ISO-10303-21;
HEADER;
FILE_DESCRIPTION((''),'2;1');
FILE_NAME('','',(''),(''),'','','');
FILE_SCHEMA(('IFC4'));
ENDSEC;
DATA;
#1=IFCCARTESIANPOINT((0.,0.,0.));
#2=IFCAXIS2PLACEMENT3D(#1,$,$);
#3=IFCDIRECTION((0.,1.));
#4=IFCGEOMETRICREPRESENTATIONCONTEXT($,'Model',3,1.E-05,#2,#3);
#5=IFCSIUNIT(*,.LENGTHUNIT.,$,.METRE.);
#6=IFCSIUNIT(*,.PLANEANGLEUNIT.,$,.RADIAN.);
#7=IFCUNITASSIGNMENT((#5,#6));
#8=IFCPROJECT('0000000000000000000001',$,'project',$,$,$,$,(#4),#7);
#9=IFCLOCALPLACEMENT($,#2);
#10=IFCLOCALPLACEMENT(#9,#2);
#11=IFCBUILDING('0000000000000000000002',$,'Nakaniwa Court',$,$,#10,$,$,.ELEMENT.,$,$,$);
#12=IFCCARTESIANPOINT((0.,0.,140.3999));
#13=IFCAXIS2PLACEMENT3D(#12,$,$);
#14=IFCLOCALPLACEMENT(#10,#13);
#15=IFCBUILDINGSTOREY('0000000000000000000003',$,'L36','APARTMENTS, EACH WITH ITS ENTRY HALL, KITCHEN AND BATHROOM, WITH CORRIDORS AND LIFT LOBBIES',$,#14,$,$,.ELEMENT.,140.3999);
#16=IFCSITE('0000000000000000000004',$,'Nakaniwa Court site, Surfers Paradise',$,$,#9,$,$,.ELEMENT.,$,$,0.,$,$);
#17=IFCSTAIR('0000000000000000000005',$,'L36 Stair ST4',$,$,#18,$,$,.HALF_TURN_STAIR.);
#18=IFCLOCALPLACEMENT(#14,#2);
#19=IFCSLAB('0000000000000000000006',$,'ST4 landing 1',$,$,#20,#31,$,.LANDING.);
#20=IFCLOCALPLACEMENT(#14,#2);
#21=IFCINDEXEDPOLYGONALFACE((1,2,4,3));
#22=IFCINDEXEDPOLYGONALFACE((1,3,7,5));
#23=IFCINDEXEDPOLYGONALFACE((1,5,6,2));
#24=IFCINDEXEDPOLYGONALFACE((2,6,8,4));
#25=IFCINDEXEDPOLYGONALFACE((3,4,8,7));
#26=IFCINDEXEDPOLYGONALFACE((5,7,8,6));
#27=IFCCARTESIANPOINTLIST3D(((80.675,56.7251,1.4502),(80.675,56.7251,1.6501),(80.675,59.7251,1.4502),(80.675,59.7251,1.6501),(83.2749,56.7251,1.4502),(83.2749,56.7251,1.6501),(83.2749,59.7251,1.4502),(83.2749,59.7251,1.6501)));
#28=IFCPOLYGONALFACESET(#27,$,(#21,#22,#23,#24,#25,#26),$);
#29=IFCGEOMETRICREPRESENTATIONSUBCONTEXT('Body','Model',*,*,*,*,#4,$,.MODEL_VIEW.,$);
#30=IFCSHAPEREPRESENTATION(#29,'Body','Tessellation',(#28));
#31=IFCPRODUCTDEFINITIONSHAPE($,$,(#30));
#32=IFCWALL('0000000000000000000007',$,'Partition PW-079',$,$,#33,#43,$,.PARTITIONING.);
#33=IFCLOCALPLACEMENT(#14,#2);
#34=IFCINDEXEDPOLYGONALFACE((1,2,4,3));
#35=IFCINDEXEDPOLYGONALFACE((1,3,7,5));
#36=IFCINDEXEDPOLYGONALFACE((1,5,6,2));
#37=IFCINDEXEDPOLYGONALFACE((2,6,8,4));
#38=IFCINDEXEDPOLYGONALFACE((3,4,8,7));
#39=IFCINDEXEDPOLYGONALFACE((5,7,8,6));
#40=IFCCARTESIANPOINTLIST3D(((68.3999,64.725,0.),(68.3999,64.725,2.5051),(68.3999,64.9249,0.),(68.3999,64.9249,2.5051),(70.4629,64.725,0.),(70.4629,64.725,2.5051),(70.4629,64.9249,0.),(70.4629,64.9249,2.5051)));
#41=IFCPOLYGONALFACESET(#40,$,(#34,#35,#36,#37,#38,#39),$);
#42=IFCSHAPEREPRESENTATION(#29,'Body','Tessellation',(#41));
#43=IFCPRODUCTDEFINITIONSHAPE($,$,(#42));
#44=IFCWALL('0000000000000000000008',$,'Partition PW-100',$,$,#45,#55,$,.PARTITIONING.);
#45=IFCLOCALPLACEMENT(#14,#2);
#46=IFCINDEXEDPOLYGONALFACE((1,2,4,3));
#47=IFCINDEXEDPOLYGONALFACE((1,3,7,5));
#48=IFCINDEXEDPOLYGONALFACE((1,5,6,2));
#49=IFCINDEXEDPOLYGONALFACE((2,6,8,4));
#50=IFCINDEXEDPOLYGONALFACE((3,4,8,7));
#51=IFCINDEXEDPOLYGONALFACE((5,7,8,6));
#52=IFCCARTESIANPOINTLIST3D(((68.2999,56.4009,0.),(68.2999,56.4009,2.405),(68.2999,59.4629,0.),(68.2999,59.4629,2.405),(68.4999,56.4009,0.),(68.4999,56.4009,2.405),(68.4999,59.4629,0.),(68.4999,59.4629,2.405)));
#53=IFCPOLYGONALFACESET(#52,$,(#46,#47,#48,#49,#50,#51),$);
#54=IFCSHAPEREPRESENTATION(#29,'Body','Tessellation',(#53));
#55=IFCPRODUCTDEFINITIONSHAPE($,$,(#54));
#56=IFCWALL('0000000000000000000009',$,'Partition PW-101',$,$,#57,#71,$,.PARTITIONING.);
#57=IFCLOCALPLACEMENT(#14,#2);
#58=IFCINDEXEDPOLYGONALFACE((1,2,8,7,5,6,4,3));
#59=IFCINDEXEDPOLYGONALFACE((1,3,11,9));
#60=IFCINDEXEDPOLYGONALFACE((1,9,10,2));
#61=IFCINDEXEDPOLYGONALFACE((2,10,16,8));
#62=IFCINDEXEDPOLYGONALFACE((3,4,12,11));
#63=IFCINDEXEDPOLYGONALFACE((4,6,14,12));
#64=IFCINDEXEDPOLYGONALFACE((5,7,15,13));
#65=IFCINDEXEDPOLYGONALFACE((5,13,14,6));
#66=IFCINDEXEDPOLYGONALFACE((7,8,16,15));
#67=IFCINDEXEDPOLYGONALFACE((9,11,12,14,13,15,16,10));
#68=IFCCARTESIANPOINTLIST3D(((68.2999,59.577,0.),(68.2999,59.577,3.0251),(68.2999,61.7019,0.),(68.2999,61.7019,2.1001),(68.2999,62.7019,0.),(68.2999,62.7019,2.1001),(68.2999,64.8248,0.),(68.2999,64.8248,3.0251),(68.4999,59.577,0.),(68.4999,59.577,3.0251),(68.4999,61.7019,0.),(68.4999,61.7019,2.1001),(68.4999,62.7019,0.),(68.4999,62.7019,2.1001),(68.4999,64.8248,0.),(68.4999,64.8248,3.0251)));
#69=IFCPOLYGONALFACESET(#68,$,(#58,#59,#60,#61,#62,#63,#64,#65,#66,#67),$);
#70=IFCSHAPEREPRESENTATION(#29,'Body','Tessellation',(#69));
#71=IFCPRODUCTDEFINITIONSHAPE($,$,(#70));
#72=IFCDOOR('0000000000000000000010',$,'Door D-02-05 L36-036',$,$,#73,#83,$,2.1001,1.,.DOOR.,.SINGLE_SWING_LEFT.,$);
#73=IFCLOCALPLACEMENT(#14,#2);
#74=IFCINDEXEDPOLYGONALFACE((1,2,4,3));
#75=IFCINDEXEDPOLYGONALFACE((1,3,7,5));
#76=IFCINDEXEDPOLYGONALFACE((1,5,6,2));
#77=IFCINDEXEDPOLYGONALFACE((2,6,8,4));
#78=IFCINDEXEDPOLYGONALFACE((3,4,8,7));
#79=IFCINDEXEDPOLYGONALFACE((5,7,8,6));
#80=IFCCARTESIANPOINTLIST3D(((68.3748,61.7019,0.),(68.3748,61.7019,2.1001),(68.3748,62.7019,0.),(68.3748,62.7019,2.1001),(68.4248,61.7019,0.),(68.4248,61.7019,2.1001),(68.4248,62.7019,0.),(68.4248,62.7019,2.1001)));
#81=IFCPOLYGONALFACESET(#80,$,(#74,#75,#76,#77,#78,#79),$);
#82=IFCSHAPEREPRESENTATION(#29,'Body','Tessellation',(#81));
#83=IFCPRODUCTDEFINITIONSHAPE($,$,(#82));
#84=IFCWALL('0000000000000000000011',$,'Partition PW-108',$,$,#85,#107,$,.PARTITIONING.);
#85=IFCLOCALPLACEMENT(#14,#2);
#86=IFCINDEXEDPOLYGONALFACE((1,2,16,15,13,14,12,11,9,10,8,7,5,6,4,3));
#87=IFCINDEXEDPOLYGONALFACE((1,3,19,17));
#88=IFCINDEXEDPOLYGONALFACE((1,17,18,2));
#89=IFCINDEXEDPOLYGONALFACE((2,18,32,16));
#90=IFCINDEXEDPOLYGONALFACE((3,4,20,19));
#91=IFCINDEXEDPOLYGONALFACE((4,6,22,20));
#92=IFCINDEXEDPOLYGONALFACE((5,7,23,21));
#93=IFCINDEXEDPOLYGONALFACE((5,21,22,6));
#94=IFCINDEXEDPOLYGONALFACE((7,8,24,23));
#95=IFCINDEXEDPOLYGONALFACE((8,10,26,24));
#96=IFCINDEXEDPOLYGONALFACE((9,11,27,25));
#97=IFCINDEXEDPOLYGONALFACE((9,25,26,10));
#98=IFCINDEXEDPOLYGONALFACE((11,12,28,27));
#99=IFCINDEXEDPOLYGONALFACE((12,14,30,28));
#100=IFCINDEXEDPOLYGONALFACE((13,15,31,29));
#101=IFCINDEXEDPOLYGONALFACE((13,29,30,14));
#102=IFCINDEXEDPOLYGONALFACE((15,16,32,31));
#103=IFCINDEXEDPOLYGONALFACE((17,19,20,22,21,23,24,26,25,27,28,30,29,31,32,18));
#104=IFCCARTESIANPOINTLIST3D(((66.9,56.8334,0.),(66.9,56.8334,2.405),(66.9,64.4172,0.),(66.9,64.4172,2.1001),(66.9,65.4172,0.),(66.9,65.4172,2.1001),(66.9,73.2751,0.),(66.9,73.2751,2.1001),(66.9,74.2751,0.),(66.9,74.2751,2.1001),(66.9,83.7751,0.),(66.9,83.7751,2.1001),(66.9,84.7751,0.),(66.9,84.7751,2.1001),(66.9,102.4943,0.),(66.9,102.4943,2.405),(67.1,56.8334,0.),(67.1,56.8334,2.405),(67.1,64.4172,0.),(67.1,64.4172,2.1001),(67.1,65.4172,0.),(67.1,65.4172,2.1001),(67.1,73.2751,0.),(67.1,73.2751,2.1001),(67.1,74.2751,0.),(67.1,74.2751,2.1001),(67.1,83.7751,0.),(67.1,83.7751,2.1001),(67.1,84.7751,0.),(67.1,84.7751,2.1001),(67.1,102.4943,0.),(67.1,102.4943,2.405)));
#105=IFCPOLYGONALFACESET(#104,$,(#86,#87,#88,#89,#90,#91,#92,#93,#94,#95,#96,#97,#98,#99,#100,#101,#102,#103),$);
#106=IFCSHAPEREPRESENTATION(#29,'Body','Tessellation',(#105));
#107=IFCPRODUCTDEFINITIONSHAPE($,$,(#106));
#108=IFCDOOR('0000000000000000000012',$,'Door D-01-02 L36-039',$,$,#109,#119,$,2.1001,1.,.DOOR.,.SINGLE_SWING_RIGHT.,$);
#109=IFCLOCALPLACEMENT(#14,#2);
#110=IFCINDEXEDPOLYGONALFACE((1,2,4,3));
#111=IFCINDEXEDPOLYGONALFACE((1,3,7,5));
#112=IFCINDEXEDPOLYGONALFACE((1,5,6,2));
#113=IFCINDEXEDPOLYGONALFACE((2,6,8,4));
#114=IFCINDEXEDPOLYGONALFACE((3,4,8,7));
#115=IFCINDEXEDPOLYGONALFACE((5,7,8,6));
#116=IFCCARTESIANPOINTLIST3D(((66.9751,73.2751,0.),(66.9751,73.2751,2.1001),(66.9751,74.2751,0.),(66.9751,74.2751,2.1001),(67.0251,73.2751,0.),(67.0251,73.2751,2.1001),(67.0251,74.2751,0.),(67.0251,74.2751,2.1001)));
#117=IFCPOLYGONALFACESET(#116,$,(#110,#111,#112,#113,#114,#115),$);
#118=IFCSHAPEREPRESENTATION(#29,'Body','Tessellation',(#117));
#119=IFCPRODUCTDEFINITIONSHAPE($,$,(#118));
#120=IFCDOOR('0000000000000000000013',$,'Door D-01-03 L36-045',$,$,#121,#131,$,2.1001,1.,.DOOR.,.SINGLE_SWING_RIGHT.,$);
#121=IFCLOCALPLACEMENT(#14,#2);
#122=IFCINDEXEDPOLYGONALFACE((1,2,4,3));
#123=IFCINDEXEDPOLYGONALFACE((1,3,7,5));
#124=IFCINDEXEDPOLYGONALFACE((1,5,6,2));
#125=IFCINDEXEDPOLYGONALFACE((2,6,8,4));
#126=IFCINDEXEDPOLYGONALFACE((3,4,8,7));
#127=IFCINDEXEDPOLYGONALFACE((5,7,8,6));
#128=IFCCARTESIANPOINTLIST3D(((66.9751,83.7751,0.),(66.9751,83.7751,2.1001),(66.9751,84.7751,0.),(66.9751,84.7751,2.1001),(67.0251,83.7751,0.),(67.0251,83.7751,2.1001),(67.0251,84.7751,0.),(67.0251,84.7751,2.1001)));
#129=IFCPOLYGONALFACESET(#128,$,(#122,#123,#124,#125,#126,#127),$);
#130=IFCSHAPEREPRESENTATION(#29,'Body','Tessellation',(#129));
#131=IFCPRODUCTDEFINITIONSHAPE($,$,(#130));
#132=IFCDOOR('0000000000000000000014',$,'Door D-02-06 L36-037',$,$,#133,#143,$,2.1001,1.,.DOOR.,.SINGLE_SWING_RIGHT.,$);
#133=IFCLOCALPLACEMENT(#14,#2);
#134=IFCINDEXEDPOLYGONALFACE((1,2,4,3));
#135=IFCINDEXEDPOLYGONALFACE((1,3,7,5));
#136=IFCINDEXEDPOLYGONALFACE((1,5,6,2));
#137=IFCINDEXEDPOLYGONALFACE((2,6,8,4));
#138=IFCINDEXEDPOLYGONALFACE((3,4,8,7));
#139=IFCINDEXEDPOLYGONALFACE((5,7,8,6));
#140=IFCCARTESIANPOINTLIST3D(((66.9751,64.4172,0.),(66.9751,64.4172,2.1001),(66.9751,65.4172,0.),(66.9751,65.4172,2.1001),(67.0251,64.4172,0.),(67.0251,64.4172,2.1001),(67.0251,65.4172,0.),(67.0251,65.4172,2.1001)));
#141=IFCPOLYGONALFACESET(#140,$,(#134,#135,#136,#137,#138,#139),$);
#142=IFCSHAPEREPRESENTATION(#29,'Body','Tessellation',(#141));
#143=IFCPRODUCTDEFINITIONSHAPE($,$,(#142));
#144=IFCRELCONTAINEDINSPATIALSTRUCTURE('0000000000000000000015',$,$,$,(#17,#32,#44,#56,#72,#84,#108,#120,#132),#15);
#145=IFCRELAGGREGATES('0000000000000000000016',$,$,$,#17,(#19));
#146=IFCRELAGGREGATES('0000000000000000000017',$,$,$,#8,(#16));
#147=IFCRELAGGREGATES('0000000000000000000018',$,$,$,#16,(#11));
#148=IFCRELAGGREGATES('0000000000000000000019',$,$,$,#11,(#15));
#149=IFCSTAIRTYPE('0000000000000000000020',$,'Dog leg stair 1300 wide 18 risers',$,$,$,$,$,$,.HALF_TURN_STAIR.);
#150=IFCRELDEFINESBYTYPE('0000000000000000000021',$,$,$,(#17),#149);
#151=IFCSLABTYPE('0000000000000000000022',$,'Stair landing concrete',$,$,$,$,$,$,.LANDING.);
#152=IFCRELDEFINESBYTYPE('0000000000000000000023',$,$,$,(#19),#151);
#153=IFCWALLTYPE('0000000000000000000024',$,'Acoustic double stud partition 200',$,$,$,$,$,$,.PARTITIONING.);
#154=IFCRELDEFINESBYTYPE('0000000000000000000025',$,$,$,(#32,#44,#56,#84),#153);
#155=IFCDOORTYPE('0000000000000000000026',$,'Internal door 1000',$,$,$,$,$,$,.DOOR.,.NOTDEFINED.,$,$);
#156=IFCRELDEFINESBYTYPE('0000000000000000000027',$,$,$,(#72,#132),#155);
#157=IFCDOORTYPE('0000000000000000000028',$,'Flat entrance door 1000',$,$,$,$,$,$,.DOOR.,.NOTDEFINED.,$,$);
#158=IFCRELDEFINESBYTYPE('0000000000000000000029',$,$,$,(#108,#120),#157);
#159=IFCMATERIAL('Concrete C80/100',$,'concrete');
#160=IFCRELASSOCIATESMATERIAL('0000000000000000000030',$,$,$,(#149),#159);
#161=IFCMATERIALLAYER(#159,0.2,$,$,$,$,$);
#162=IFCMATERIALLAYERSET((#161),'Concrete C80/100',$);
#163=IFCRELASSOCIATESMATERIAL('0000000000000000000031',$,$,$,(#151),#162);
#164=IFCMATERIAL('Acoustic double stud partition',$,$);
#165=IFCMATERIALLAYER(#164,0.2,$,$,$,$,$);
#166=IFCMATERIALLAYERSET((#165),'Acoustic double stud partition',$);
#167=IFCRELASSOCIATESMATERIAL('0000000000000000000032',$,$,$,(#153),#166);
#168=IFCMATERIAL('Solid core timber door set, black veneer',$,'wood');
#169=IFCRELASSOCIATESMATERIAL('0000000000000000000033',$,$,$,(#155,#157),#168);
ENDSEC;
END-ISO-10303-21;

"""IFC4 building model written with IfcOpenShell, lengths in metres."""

from ifc_helpers import new_model, si_unit, direction, frame, frame_2d, origin, place, context, subcontext, project, spatial, polyline, rectangle, outline, extrude, material, layer, layer_set, type_object, element, fill, aggregate, save


model = new_model("IFC4")

# Units and contexts
model_context = context("Model", 3, precision=1e-05, world=origin(), true_north=direction((0.0, 1.0)))
body_context = subcontext(model_context, "Body", "Model", "MODEL_VIEW")
ifc_project = project(units=[si_unit("LENGTHUNIT", "METRE"), si_unit("PLANEANGLEUNIT", "RADIAN")], contexts=[model_context])

# Site, building, storey
site_placement = place(None, origin())
site = spatial("IfcSite", under=ifc_project, at=site_placement, Name="Nakaniwa Court site, Surfers Paradise", CompositionType="ELEMENT", RefElevation=0.0)
building_placement = place(site_placement, origin())
building = spatial("IfcBuilding", under=site, at=building_placement, Name="Nakaniwa Court", CompositionType="ELEMENT")
storey_placement = place(building_placement, frame((0.0, 0.0, 140.3999)))
storey = spatial("IfcBuildingStorey", under=building, at=storey_placement, Name="L36", Description="APARTMENTS, EACH WITH ITS ENTRY HALL, KITCHEN AND BATHROOM, WITH CORRIDORS AND LIFT LOBBIES", CompositionType="ELEMENT", Elevation=140.3999)

# Shared definitions
ifc_material_1 = material(Name="Concrete C80/100", Category="concrete")

# Stair, slab
stair_type = type_object("IfcStairType", Name="Dog leg stair 1300 wide 18 risers", PredefinedType="HALF_TURN_STAIR", material=ifc_material_1)
ifc_layer_1 = layer(ifc_material_1, 0.2)
ifc_layer_set_1 = layer_set([ifc_layer_1], Name="Concrete C80/100")
slab_type_1 = type_object("IfcSlabType", Name="Stair landing concrete", PredefinedType="LANDING", material=ifc_layer_set_1)
stair_1_placement = place(storey_placement, origin())
stair_1 = element("IfcStair", 1, at=stair_1_placement, inside=storey, type_object=stair_type, Name="L36 Stair ST4", PredefinedType="HALF_TURN_STAIR")
slab_1_placement = place(storey_placement, frame((0.0, 0.0, 1.4502)))
slab_1 = element("IfcSlab", 2, at=slab_1_placement, type_object=slab_type_1, Name="ST4 landing 1", PredefinedType="LANDING", context=body_context, shape_type="SweptSolid", body=[
    extrude(outline(polyline([(83.2749, 56.7251), (83.2749, 59.7251), (80.675, 59.7251), (80.675, 56.7251), (83.2749, 56.7251)])), origin(), (0.0, 0.0, 1.0), 0.2),
])
aggregate(stair_1, [slab_1])

# Walls
ifc_material_2 = material(Name="Acoustic double stud partition")
ifc_layer_2 = layer(ifc_material_2, 0.2)
ifc_layer_set_2 = layer_set([ifc_layer_2], Name="Acoustic double stud partition")
wall_type_1 = type_object("IfcWallType", Name="Acoustic double stud partition 200", PredefinedType="PARTITIONING", material=ifc_layer_set_2)
wall_1_placement = place(storey_placement, frame((68.3999, 64.825, 0.0), z_axis=(0.0, 0.0, 1.0), x_axis=(1.0, 0.0, 0.0)))
element("IfcWall", 3, at=wall_1_placement, inside=storey, type_object=wall_type_1, Name="Partition PW-079", PredefinedType="PARTITIONING", context=body_context, shape_type="SweptSolid", body=[
    extrude(rectangle(XDim=2.063, YDim=0.2, at=frame_2d((1.0315, 0.0))), origin(), (0.0, 0.0, 1.0), 2.5051),
])
wall_2_placement = place(storey_placement, frame((68.3999, 56.4009, 0.0), z_axis=(0.0, 0.0, 1.0), x_axis=(0.0, 1.0, 0.0)))
element("IfcWall", 4, at=wall_2_placement, inside=storey, type_object=wall_type_1, Name="Partition PW-100", PredefinedType="PARTITIONING", context=body_context, shape_type="SweptSolid", body=[
    extrude(rectangle(XDim=3.062, YDim=0.2, at=frame_2d((1.531, 0.0))), origin(), (0.0, 0.0, 1.0), 2.405),
])

# Wall, opening, door
wall_3_placement = place(storey_placement, frame((68.3999, 64.825, 0.0), z_axis=(0.0, 0.0, 1.0), x_axis=(0.0, -1.0, 0.0)))
wall_3 = element("IfcWall", 5, at=wall_3_placement, inside=storey, type_object=wall_type_1, Name="Partition PW-101", PredefinedType="PARTITIONING", context=body_context, shape_type="SweptSolid", body=[
    extrude(rectangle(XDim=5.2478, YDim=0.2, at=frame_2d((2.624, 0.0))), origin(), (0.0, 0.0, 1.0), 3.0251),
])
opening_1_placement = place(wall_3_placement, frame((2.123, 0.0, 0.0)))
opening_1 = element("IfcOpeningElement", 6, at=opening_1_placement, cuts=wall_3, PredefinedType="OPENING", context=body_context, shape_type="SweptSolid", body=[
    extrude(rectangle(XDim=1.0, YDim=2.1001, at=frame_2d((0.5, 1.05))), frame((0.0, 0.1099, 0.0), z_axis=(0.0, -1.0, 0.0), x_axis=(1.0, 0.0, 0.0)), (0.0, 0.0, 1.0), 0.22),
])
ifc_material_3 = material(Name="Solid core timber door set, black veneer", Category="wood")
door_type_1 = type_object("IfcDoorType", Name="Internal door 1000", OperationType="NOTDEFINED", PredefinedType="DOOR", material=ifc_material_3)
door_1_placement = place(opening_1_placement, origin())
door_1 = element("IfcDoor", 7, at=door_1_placement, inside=storey, type_object=door_type_1, Name="Door D-02-05 L36-036", OperationType="SINGLE_SWING_LEFT", OverallHeight=2.1001, OverallWidth=1.0, PredefinedType="DOOR", context=body_context, shape_type="SweptSolid", body=[
    extrude(rectangle(XDim=1.0, YDim=2.1001, at=frame_2d((0.5, 1.05))), frame((0.0, 0.0249, 0.0), z_axis=(0.0, -1.0, 0.0), x_axis=(1.0, 0.0, 0.0)), (0.0, 0.0, 1.0), 0.05),
])
fill(opening_1, door_1)

# Wall, openings, doors
wall_4_placement = place(storey_placement, frame((67.0, 56.8333, 0.0), z_axis=(0.0, 0.0, 1.0), x_axis=(0.0, 1.0, 0.0)))
wall_4 = element("IfcWall", 8, at=wall_4_placement, inside=storey, type_object=wall_type_1, Name="Partition PW-108", PredefinedType="PARTITIONING", context=body_context, shape_type="SweptSolid", body=[
    extrude(rectangle(XDim=45.6609, YDim=0.2, at=frame_2d((22.8306, 0.0))), origin(), (0.0, 0.0, 1.0), 2.405),
])
opening_2_placement = place(wall_4_placement, frame((7.584, 0.0, 0.0)))
opening_2 = element("IfcOpeningElement", 9, at=opening_2_placement, cuts=wall_4, PredefinedType="OPENING", context=body_context, shape_type="SweptSolid", body=[
    extrude(rectangle(XDim=1.0, YDim=2.1001, at=frame_2d((0.5, 1.05))), frame((0.0, 0.1099, 0.0), z_axis=(0.0, -1.0, 0.0), x_axis=(1.0, 0.0, 0.0)), (0.0, 0.0, 1.0), 0.22),
])
opening_3_placement = place(wall_4_placement, frame((16.4419, 0.0, 0.0)))
opening_3 = element("IfcOpeningElement", 10, at=opening_3_placement, cuts=wall_4, PredefinedType="OPENING", context=body_context, shape_type="SweptSolid", body=[
    extrude(rectangle(XDim=1.0, YDim=2.1001, at=frame_2d((0.5, 1.05))), frame((0.0, 0.1099, 0.0), z_axis=(0.0, -1.0, 0.0), x_axis=(1.0, 0.0, 0.0)), (0.0, 0.0, 1.0), 0.22),
])
opening_4_placement = place(wall_4_placement, frame((26.9419, 0.0, 0.0)))
opening_4 = element("IfcOpeningElement", 11, at=opening_4_placement, cuts=wall_4, PredefinedType="OPENING", context=body_context, shape_type="SweptSolid", body=[
    extrude(rectangle(XDim=1.0, YDim=2.1001, at=frame_2d((0.5, 1.05))), frame((0.0, 0.1099, 0.0), z_axis=(0.0, -1.0, 0.0), x_axis=(1.0, 0.0, 0.0)), (0.0, 0.0, 1.0), 0.22),
])
door_type_2 = type_object("IfcDoorType", Name="Flat entrance door 1000", OperationType="NOTDEFINED", PredefinedType="DOOR", material=ifc_material_3)
door_2_placement = place(opening_3_placement, origin())
door_2 = element("IfcDoor", 12, at=door_2_placement, inside=storey, type_object=door_type_2, Name="Door D-01-02 L36-039", OperationType="SINGLE_SWING_RIGHT", OverallHeight=2.1001, OverallWidth=1.0, PredefinedType="DOOR", context=body_context, shape_type="SweptSolid", body=[
    extrude(rectangle(XDim=1.0, YDim=2.1001, at=frame_2d((0.5, 1.05))), frame((0.0, 0.0249, 0.0), z_axis=(0.0, -1.0, 0.0), x_axis=(1.0, 0.0, 0.0)), (0.0, 0.0, 1.0), 0.05),
])
fill(opening_3, door_2)
door_3_placement = place(opening_4_placement, origin())
door_3 = element("IfcDoor", 13, at=door_3_placement, inside=storey, type_object=door_type_2, Name="Door D-01-03 L36-045", OperationType="SINGLE_SWING_RIGHT", OverallHeight=2.1001, OverallWidth=1.0, PredefinedType="DOOR", context=body_context, shape_type="SweptSolid", body=[
    extrude(rectangle(XDim=1.0, YDim=2.1001, at=frame_2d((0.5, 1.05))), frame((0.0, 0.0249, 0.0), z_axis=(0.0, -1.0, 0.0), x_axis=(1.0, 0.0, 0.0)), (0.0, 0.0, 1.0), 0.05),
])
fill(opening_4, door_3)
door_4_placement = place(opening_2_placement, origin())
door_4 = element("IfcDoor", 14, at=door_4_placement, inside=storey, type_object=door_type_1, Name="Door D-02-06 L36-037", OperationType="SINGLE_SWING_RIGHT", OverallHeight=2.1001, OverallWidth=1.0, PredefinedType="DOOR", context=body_context, shape_type="SweptSolid", body=[
    extrude(rectangle(XDim=1.0, YDim=2.1001, at=frame_2d((0.5, 1.05))), frame((0.0, 0.0249, 0.0), z_axis=(0.0, -1.0, 0.0), x_axis=(1.0, 0.0, 0.0)), (0.0, 0.0, 1.0), 0.05),
])
fill(opening_2, door_4)

save(model, "model.ifc")
